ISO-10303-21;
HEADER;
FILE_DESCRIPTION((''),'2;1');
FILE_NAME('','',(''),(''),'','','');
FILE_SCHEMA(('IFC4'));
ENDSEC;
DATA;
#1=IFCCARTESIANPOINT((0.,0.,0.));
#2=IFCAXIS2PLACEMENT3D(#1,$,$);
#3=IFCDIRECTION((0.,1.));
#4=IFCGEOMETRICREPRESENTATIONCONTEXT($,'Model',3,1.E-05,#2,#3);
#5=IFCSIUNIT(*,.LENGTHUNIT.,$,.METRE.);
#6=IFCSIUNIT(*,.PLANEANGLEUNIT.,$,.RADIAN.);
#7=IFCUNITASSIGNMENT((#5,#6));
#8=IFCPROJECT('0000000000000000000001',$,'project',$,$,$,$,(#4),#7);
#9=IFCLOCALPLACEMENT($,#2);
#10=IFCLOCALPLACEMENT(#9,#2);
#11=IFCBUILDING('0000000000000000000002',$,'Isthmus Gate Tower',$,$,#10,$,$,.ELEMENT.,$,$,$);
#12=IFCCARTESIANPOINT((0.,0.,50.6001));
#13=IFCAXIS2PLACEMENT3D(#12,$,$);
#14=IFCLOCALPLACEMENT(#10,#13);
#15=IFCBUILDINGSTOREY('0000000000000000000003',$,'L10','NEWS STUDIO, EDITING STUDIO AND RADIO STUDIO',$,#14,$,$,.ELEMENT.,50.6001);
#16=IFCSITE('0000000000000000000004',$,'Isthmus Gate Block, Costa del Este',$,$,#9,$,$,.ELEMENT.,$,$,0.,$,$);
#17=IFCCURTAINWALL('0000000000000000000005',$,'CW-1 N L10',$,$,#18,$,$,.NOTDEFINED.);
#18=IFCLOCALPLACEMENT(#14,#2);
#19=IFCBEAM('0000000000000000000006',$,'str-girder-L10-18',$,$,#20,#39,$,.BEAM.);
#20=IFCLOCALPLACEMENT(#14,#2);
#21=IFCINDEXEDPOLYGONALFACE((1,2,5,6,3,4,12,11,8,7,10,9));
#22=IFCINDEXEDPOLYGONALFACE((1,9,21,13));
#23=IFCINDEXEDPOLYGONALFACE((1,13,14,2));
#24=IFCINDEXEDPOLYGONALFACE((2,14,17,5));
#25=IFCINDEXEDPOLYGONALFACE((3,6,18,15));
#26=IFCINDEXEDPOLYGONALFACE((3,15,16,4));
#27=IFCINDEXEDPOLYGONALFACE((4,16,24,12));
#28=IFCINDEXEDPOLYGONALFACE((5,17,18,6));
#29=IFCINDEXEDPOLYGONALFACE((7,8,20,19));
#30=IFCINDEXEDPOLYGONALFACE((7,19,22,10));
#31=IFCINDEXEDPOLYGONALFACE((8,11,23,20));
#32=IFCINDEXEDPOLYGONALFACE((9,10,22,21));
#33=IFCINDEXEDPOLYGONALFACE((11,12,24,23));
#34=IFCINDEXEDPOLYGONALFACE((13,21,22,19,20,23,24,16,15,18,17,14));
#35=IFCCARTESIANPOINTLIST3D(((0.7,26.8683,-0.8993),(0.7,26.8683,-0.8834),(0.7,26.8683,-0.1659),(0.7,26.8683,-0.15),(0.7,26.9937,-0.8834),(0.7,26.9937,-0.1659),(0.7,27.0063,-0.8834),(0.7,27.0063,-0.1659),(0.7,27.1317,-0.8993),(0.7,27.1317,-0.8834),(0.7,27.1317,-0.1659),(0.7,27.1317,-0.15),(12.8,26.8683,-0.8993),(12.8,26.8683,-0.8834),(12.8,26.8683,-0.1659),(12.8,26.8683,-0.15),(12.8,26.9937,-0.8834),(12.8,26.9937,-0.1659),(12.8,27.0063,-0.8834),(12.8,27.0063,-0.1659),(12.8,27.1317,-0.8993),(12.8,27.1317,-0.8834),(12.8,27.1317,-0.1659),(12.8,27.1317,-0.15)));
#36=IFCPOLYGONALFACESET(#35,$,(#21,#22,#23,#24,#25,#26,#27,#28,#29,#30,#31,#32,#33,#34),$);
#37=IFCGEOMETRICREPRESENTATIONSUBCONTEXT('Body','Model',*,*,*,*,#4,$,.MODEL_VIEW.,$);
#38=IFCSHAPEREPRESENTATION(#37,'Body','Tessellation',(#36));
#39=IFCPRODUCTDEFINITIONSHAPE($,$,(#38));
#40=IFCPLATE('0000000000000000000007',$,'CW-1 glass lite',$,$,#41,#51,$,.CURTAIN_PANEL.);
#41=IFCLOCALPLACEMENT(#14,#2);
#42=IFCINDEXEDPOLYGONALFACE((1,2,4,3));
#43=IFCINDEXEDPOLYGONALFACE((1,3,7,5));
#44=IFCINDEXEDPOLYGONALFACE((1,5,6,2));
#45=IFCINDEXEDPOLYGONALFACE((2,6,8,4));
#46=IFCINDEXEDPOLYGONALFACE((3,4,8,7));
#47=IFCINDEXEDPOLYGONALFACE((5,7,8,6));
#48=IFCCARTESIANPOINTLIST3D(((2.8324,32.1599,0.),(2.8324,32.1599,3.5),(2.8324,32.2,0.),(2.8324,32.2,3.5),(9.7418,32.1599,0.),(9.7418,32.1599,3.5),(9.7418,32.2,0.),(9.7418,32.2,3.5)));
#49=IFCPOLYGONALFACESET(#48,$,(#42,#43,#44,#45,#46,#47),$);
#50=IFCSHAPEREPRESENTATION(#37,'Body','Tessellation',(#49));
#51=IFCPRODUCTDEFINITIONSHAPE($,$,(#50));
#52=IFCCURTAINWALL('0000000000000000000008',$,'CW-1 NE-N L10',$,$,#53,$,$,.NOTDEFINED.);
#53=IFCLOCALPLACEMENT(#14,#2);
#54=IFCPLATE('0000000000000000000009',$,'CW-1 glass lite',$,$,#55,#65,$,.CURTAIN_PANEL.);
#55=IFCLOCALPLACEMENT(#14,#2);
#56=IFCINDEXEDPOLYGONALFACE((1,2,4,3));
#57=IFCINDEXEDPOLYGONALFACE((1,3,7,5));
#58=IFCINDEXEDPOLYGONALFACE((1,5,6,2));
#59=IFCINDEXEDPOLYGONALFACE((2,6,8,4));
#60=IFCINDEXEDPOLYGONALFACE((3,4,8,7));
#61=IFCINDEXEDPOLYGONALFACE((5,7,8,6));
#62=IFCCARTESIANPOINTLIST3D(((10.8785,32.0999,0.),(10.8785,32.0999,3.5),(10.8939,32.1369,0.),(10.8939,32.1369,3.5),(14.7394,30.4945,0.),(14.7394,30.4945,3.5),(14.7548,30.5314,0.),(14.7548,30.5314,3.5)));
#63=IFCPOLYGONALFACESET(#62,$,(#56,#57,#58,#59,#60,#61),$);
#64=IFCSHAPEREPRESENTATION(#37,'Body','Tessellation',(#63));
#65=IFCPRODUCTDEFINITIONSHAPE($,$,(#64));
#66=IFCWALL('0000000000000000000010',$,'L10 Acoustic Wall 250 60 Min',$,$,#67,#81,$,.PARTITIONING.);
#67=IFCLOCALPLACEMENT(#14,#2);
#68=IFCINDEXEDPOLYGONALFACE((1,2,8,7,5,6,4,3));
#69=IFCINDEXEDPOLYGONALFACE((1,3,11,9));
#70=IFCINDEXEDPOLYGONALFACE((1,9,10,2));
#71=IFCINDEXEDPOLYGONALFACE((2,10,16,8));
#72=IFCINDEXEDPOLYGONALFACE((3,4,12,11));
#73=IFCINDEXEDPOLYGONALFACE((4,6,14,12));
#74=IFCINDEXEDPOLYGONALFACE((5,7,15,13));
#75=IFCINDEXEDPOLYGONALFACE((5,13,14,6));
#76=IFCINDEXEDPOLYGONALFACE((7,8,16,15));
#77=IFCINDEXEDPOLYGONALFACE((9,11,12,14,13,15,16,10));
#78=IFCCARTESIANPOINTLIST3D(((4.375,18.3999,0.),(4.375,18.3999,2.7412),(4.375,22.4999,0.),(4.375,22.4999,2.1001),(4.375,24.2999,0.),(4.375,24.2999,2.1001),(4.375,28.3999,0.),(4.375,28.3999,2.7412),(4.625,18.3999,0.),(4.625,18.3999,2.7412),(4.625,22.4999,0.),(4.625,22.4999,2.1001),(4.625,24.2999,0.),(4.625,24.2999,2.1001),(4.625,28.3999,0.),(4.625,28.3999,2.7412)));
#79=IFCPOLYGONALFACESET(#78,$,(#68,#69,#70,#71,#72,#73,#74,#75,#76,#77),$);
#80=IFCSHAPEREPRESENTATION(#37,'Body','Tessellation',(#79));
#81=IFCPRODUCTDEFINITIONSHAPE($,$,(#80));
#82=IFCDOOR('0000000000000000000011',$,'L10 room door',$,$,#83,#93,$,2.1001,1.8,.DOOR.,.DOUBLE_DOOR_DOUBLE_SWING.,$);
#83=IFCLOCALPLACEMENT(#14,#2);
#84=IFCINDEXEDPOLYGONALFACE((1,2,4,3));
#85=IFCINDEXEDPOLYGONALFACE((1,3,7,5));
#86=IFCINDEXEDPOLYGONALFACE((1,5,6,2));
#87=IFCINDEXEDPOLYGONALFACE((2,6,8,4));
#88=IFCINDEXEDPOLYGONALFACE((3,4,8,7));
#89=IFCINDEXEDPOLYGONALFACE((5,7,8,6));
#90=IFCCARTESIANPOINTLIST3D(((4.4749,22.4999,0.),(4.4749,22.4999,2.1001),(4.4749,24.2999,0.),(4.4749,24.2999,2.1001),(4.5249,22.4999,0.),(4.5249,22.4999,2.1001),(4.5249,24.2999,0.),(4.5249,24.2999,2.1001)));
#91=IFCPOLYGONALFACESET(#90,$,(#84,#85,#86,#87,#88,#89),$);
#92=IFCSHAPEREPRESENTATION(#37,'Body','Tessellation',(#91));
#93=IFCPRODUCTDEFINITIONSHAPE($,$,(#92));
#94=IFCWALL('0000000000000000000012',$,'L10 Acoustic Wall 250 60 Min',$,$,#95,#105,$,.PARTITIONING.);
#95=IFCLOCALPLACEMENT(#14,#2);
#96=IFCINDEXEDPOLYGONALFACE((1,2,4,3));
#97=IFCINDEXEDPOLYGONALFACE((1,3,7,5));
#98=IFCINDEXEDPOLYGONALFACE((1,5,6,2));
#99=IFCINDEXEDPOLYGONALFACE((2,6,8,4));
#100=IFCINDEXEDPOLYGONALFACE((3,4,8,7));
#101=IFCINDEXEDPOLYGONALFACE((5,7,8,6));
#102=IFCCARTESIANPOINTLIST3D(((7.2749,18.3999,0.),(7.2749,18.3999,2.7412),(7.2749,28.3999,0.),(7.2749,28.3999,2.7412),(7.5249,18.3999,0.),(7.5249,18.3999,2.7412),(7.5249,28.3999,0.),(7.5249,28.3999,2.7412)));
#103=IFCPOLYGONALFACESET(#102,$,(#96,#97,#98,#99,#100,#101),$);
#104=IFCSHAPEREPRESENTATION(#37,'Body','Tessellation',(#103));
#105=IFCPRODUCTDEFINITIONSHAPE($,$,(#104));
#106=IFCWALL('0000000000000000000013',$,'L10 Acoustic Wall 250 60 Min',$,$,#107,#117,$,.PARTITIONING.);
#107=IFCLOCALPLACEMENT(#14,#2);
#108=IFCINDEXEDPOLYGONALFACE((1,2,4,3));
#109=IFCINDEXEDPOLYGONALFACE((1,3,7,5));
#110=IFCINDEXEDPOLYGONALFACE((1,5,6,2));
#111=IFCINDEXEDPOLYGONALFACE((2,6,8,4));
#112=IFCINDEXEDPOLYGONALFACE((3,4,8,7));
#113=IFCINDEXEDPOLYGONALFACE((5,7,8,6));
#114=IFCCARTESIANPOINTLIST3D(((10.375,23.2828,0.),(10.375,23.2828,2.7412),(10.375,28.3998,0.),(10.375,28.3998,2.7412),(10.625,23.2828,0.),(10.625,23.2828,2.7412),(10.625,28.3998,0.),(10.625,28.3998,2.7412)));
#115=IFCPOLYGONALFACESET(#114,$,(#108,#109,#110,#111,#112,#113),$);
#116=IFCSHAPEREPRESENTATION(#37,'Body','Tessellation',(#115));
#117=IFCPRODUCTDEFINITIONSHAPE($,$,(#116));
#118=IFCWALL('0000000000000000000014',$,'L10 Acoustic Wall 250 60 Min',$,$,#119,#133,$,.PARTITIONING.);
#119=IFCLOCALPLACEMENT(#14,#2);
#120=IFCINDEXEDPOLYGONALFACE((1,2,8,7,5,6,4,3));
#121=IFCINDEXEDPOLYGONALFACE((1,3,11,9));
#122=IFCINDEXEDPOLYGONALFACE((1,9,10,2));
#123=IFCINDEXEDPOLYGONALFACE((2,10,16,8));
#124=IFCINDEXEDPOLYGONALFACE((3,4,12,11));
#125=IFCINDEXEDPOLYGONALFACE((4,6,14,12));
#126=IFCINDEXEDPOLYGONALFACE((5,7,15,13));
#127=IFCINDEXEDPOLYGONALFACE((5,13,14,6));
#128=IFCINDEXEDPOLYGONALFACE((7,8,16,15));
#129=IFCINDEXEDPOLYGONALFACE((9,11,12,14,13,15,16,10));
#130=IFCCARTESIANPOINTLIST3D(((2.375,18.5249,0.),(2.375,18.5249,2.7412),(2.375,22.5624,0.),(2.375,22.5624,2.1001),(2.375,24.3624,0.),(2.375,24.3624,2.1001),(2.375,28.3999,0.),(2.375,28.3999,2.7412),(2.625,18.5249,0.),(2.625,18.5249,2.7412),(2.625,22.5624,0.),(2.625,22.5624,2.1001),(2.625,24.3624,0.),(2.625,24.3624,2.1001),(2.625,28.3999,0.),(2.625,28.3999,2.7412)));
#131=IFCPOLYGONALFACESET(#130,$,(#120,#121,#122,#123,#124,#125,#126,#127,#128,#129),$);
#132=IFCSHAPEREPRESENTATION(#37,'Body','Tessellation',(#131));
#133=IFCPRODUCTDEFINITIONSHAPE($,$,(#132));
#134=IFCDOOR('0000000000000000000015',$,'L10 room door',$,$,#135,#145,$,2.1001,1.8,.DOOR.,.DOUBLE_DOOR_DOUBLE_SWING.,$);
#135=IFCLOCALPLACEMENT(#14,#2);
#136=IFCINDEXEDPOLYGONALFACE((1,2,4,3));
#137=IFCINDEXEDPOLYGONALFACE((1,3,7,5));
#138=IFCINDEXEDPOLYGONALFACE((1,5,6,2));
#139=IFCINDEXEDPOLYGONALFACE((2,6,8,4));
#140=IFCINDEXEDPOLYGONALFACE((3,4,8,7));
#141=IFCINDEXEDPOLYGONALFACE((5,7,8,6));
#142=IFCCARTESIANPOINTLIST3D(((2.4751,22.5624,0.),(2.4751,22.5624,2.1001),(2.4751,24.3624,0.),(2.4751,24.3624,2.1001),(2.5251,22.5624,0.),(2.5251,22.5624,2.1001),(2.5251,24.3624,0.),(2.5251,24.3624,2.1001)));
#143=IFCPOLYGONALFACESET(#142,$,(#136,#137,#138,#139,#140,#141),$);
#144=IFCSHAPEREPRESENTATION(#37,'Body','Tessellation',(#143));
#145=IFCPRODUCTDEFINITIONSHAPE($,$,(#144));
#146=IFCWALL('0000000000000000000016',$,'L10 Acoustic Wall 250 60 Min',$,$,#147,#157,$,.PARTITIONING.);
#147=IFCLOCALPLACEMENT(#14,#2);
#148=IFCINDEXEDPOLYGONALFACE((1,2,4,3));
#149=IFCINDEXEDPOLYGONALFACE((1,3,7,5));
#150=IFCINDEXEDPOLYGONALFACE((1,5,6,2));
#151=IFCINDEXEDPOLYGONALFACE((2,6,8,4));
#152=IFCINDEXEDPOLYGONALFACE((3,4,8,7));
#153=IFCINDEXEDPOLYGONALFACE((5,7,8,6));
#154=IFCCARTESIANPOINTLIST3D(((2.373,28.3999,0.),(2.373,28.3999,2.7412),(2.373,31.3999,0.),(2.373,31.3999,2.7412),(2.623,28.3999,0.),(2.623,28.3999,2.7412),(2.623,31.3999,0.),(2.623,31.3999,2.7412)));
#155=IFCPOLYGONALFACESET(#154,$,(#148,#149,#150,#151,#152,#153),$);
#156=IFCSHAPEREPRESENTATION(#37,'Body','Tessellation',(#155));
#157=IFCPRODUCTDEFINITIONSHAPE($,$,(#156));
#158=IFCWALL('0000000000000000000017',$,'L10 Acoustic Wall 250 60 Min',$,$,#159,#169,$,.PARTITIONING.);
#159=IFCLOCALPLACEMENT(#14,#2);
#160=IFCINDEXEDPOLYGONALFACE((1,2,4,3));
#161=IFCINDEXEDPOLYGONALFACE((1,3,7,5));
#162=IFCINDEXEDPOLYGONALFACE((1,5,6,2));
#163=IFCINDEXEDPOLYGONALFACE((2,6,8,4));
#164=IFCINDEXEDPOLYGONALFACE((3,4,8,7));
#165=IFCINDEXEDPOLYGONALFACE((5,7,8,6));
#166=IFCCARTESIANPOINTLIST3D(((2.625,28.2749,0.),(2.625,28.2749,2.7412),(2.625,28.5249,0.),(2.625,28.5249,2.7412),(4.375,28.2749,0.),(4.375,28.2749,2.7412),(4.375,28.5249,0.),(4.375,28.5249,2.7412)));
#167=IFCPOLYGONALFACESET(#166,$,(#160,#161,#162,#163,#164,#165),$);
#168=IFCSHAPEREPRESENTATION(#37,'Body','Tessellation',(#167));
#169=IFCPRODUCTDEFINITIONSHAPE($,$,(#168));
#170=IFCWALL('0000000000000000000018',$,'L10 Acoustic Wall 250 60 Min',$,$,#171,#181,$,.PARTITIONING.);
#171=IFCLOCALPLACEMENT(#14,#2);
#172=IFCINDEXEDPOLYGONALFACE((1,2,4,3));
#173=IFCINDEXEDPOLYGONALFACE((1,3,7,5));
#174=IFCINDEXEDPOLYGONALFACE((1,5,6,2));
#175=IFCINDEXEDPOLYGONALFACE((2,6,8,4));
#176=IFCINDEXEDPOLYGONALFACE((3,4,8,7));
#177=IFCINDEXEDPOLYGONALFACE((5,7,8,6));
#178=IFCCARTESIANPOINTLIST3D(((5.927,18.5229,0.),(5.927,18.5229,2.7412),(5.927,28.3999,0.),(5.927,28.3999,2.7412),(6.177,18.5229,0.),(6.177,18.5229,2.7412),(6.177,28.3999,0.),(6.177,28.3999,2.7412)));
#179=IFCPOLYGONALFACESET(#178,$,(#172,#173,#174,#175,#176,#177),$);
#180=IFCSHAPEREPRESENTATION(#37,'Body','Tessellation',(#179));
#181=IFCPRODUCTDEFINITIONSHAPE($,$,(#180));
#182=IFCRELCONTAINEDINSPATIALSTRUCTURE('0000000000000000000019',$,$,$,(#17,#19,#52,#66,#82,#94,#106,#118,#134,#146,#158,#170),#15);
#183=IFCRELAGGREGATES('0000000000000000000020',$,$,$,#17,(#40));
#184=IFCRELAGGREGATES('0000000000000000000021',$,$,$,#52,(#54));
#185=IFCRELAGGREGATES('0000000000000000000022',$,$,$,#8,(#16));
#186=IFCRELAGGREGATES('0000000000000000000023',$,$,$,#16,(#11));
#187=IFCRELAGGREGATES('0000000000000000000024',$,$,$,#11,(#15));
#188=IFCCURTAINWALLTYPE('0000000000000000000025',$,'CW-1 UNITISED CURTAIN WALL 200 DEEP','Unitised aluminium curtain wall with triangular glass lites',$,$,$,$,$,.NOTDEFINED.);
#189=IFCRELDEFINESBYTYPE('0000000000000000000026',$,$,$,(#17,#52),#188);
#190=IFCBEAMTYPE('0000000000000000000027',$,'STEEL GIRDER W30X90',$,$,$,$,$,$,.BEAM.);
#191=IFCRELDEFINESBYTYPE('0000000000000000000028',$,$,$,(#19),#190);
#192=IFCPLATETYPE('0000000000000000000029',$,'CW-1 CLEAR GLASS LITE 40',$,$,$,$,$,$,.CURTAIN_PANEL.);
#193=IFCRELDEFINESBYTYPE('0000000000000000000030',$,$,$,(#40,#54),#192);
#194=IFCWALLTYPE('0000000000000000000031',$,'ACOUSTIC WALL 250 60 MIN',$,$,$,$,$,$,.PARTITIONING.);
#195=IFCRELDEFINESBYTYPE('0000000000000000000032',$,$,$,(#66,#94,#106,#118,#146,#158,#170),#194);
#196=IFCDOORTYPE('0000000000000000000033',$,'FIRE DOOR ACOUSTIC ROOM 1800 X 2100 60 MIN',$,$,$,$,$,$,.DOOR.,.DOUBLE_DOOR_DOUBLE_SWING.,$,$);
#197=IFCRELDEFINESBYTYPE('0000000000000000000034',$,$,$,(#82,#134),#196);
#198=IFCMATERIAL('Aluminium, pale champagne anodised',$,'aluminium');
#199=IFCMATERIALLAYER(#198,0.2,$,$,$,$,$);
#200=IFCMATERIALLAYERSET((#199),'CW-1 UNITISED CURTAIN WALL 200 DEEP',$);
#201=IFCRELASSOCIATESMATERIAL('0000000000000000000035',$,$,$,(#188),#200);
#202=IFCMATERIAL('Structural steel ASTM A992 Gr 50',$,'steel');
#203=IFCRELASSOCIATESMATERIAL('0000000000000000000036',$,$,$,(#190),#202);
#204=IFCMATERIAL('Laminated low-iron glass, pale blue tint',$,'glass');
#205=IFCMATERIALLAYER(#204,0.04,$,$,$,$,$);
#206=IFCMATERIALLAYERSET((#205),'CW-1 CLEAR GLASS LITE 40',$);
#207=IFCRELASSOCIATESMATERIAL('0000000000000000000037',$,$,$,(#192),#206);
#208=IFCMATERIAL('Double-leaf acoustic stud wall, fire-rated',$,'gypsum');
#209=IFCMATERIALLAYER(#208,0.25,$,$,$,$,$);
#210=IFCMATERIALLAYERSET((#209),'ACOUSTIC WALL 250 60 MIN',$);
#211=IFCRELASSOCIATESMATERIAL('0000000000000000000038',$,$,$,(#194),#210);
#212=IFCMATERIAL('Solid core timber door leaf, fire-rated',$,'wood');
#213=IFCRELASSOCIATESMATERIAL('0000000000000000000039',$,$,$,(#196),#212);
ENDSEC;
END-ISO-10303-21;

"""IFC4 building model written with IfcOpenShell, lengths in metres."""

from ifc_helpers import new_model, si_unit, direction, frame, frame_2d, origin, origin_2d, place, context, subcontext, project, spatial, rectangle, i_section, extrude, material, layer, layer_set, material_profile, profile_set, type_object, element, fill, aggregate, save


model = new_model("IFC4")

# Units and contexts
model_context = context("Model", 3, precision=1e-05, world=origin(), true_north=direction((0.0, 1.0)))
body_context = subcontext(model_context, "Body", "Model", "MODEL_VIEW")
ifc_project = project(units=[si_unit("LENGTHUNIT", "METRE"), si_unit("PLANEANGLEUNIT", "RADIAN")], contexts=[model_context])

# Site, building, storey
site_placement = place(None, origin())
site = spatial("IfcSite", under=ifc_project, at=site_placement, Name="Isthmus Gate Block, Costa del Este", CompositionType="ELEMENT", RefElevation=0.0)
building_placement = place(site_placement, origin())
building = spatial("IfcBuilding", under=site, at=building_placement, Name="Isthmus Gate Tower", CompositionType="ELEMENT")
storey_placement = place(building_placement, frame((0.0, 0.0, 50.6001)))
storey = spatial("IfcBuildingStorey", under=building, at=storey_placement, Name="L10", Description="NEWS STUDIO, EDITING STUDIO AND RADIO STUDIO", CompositionType="ELEMENT", Elevation=50.6001)

# Curtain wall
ifc_material_1 = material(Name="Aluminium, pale champagne anodised", Category="aluminium")
ifc_layer_1 = layer(ifc_material_1, 0.2)
ifc_layer_set_1 = layer_set([ifc_layer_1], Name="CW-1 UNITISED CURTAIN WALL 200 DEEP")
curtain_wall_type = type_object("IfcCurtainWallType", Name="CW-1 UNITISED CURTAIN WALL 200 DEEP", Description="Unitised aluminium curtain wall with triangular glass lites", PredefinedType="NOTDEFINED", material=ifc_layer_set_1)
curtain_wall_1_placement = place(storey_placement, origin())
curtain_wall_1 = element("IfcCurtainWall", 1, at=curtain_wall_1_placement, inside=storey, type_object=curtain_wall_type, Name="CW-1 N L10", PredefinedType="NOTDEFINED")

# Beam
ifc_material_2 = material(Name="Structural steel ASTM A992 Gr 50", Category="steel")
ifc_material_profile_1 = material_profile(ifc_material_2, i_section(OverallWidth=0.2634, OverallDepth=0.7493, WebThickness=0.0127, FlangeThickness=0.0159, at=origin_2d()), Name="W30X90")
ifc_profile_set_1 = profile_set([ifc_material_profile_1], Name="Structural steel ASTM A992 Gr 50")
beam_type_1 = type_object("IfcBeamType", Name="STEEL GIRDER W30X90", PredefinedType="BEAM", material=ifc_profile_set_1)
beam_1_placement = place(storey_placement, frame((0.7, 27.0, -0.5247), z_axis=(1.0, 0.0, 0.0), x_axis=(0.0, 1.0, 0.0)))
element("IfcBeam", 2, at=beam_1_placement, inside=storey, type_object=beam_type_1, Name="str-girder-L10-18", PredefinedType="BEAM", context=body_context, shape_type="SweptSolid", body=[
    extrude(i_section(OverallWidth=0.2634, OverallDepth=0.7493, WebThickness=0.0127, FlangeThickness=0.0159, at=origin_2d()), origin(), (0.0, 0.0, 1.0), 12.1001),
])

# Plate
ifc_material_3 = material(Name="Laminated low-iron glass, pale blue tint", Category="glass")
ifc_layer_2 = layer(ifc_material_3, 0.04)
ifc_layer_set_2 = layer_set([ifc_layer_2], Name="CW-1 CLEAR GLASS LITE 40")
plate_type = type_object("IfcPlateType", Name="CW-1 CLEAR GLASS LITE 40", PredefinedType="CURTAIN_PANEL", material=ifc_layer_set_2)
plate_1_placement = place(storey_placement, frame((6.2871, 32.1799, 0.0), z_axis=(0.0, 0.0, 1.0), x_axis=(-1.0, 0.0, 0.0)))
plate_1 = element("IfcPlate", 3, at=plate_1_placement, type_object=plate_type, Name="CW-1 glass lite", PredefinedType="CURTAIN_PANEL", context=body_context, shape_type="SweptSolid", body=[
    extrude(rectangle(XDim=6.9094, YDim=0.04, at=origin_2d()), origin(), (0.0, 0.0, 1.0), 3.5),
])
aggregate(curtain_wall_1, [plate_1])

# Curtain wall, plate
curtain_wall_2_placement = place(storey_placement, origin())
curtain_wall_2 = element("IfcCurtainWall", 4, at=curtain_wall_2_placement, inside=storey, type_object=curtain_wall_type, Name="CW-1 NE-N L10", PredefinedType="NOTDEFINED")
plate_2_placement = place(storey_placement, frame((12.8167, 31.3157, 0.0), z_axis=(0.0, 0.0, 1.0), x_axis=(-0.923353, 0.383952, 0.0)))
plate_2 = element("IfcPlate", 5, at=plate_2_placement, type_object=plate_type, Name="CW-1 glass lite", PredefinedType="CURTAIN_PANEL", context=body_context, shape_type="SweptSolid", body=[
    extrude(rectangle(XDim=4.1814, YDim=0.04, at=origin_2d()), origin(), (0.0, 0.0, 1.0), 3.5),
])
aggregate(curtain_wall_2, [plate_2])

# Wall, opening, door
ifc_material_4 = material(Name="Double-leaf acoustic stud wall, fire-rated", Category="gypsum")
ifc_layer_3 = layer(ifc_material_4, 0.25)
ifc_layer_set_3 = layer_set([ifc_layer_3], Name="ACOUSTIC WALL 250 60 MIN")
wall_type_1 = type_object("IfcWallType", Name="ACOUSTIC WALL 250 60 MIN", PredefinedType="PARTITIONING", material=ifc_layer_set_3)
wall_1_placement = place(storey_placement, frame((4.5, 28.3999, 0.0), z_axis=(0.0, 0.0, 1.0), x_axis=(0.0, -1.0, 0.0)))
wall_1 = element("IfcWall", 6, at=wall_1_placement, inside=storey, type_object=wall_type_1, Name="L10 Acoustic Wall 250 60 Min", PredefinedType="PARTITIONING", context=body_context, shape_type="SweptSolid", body=[
    extrude(rectangle(XDim=10.0, YDim=0.25, at=frame_2d((5.0, 0.0))), origin(), (0.0, 0.0, 1.0), 2.7412),
])
opening_1_placement = place(wall_1_placement, frame((4.1001, 0.0, 0.0)))
opening_1 = element("IfcOpeningElement", 7, at=opening_1_placement, cuts=wall_1, PredefinedType="OPENING", context=body_context, shape_type="SweptSolid", body=[
    extrude(rectangle(XDim=1.8, YDim=2.1001, at=frame_2d((0.8999, 1.05))), frame((0.0, 0.135, 0.0), z_axis=(0.0, -1.0, 0.0), x_axis=(1.0, 0.0, 0.0)), (0.0, 0.0, 1.0), 0.27),
])
ifc_material_5 = material(Name="Solid core timber door leaf, fire-rated", Category="wood")
door_type_1 = type_object("IfcDoorType", Name="FIRE DOOR ACOUSTIC ROOM 1800 X 2100 60 MIN", OperationType="DOUBLE_DOOR_DOUBLE_SWING", PredefinedType="DOOR", material=ifc_material_5)
door_1_placement = place(opening_1_placement, origin())
door_1 = element("IfcDoor", 8, at=door_1_placement, inside=storey, type_object=door_type_1, Name="L10 room door", OperationType="DOUBLE_DOOR_DOUBLE_SWING", OverallHeight=2.1001, OverallWidth=1.8, PredefinedType="DOOR", context=body_context, shape_type="SweptSolid", body=[
    extrude(rectangle(XDim=1.8, YDim=2.1001, at=frame_2d((0.8999, 1.05))), frame((0.0, 0.0249, 0.0), z_axis=(0.0, -1.0, 0.0), x_axis=(1.0, 0.0, 0.0)), (0.0, 0.0, 1.0), 0.05),
])
fill(opening_1, door_1)

# Walls
wall_2_placement = place(storey_placement, frame((7.3999, 28.3999, 0.0), z_axis=(0.0, 0.0, 1.0), x_axis=(0.0, -1.0, 0.0)))
element("IfcWall", 9, at=wall_2_placement, inside=storey, type_object=wall_type_1, Name="L10 Acoustic Wall 250 60 Min", PredefinedType="PARTITIONING", context=body_context, shape_type="SweptSolid", body=[
    extrude(rectangle(XDim=10.0, YDim=0.25, at=frame_2d((5.0, 0.0))), origin(), (0.0, 0.0, 1.0), 2.7412),
])
wall_3_placement = place(storey_placement, frame((10.5, 28.3999, 0.0), z_axis=(0.0, 0.0, 1.0), x_axis=(0.0, -1.0, 0.0)))
element("IfcWall", 10, at=wall_3_placement, inside=storey, type_object=wall_type_1, Name="L10 Acoustic Wall 250 60 Min", PredefinedType="PARTITIONING", context=body_context, shape_type="SweptSolid", body=[
    extrude(rectangle(XDim=5.1169, YDim=0.25, at=frame_2d((2.5586, 0.0))), origin(), (0.0, 0.0, 1.0), 2.7412),
])

# Wall, opening, door
wall_4_placement = place(storey_placement, frame((2.5, 18.5249, 0.0), z_axis=(0.0, 0.0, 1.0), x_axis=(0.0, 1.0, 0.0)))
wall_4 = element("IfcWall", 11, at=wall_4_placement, inside=storey, type_object=wall_type_1, Name="L10 Acoustic Wall 250 60 Min", PredefinedType="PARTITIONING", context=body_context, shape_type="SweptSolid", body=[
    extrude(rectangle(XDim=9.875, YDim=0.25, at=frame_2d((4.9375, 0.0))), origin(), (0.0, 0.0, 1.0), 2.7412),
])
opening_2_placement = place(wall_4_placement, frame((4.0376, 0.0, 0.0)))
opening_2 = element("IfcOpeningElement", 12, at=opening_2_placement, cuts=wall_4, PredefinedType="OPENING", context=body_context, shape_type="SweptSolid", body=[
    extrude(rectangle(XDim=1.8, YDim=2.1001, at=frame_2d((0.8999, 1.05))), frame((0.0, 0.135, 0.0), z_axis=(0.0, -1.0, 0.0), x_axis=(1.0, 0.0, 0.0)), (0.0, 0.0, 1.0), 0.27),
])
door_2_placement = place(opening_2_placement, origin())
door_2 = element("IfcDoor", 13, at=door_2_placement, inside=storey, type_object=door_type_1, Name="L10 room door", OperationType="DOUBLE_DOOR_DOUBLE_SWING", OverallHeight=2.1001, OverallWidth=1.8, PredefinedType="DOOR", context=body_context, shape_type="SweptSolid", body=[
    extrude(rectangle(XDim=1.8, YDim=2.1001, at=frame_2d((0.8999, 1.05))), frame((0.0, 0.0249, 0.0), z_axis=(0.0, -1.0, 0.0), x_axis=(1.0, 0.0, 0.0)), (0.0, 0.0, 1.0), 0.05),
])
fill(opening_2, door_2)

# Walls
wall_5_placement = place(storey_placement, frame((2.498, 28.3999, 0.0), z_axis=(0.0, 0.0, 1.0), x_axis=(0.0, 1.0, 0.0)))
element("IfcWall", 14, at=wall_5_placement, inside=storey, type_object=wall_type_1, Name="L10 Acoustic Wall 250 60 Min", PredefinedType="PARTITIONING", context=body_context, shape_type="SweptSolid", body=[
    extrude(rectangle(XDim=3.0, YDim=0.25, at=frame_2d((1.5, 0.0))), origin(), (0.0, 0.0, 1.0), 2.7412),
])
wall_6_placement = place(storey_placement, frame((2.625, 28.3999, 0.0), z_axis=(0.0, 0.0, 1.0), x_axis=(1.0, 0.0, 0.0)))
element("IfcWall", 15, at=wall_6_placement, inside=storey, type_object=wall_type_1, Name="L10 Acoustic Wall 250 60 Min", PredefinedType="PARTITIONING", context=body_context, shape_type="SweptSolid", body=[
    extrude(rectangle(XDim=1.75, YDim=0.25, at=frame_2d((0.875, 0.0))), origin(), (0.0, 0.0, 1.0), 2.7412),
])
wall_7_placement = place(storey_placement, frame((6.052, 18.5229, 0.0), z_axis=(0.0, 0.0, 1.0), x_axis=(0.0, 1.0, 0.0)))
element("IfcWall", 16, at=wall_7_placement, inside=storey, type_object=wall_type_1, Name="L10 Acoustic Wall 250 60 Min", PredefinedType="PARTITIONING", context=body_context, shape_type="SweptSolid", body=[
    extrude(rectangle(XDim=9.877, YDim=0.25, at=frame_2d((4.9385, 0.0))), origin(), (0.0, 0.0, 1.0), 2.7412),
])

save(model, "model.ifc")
